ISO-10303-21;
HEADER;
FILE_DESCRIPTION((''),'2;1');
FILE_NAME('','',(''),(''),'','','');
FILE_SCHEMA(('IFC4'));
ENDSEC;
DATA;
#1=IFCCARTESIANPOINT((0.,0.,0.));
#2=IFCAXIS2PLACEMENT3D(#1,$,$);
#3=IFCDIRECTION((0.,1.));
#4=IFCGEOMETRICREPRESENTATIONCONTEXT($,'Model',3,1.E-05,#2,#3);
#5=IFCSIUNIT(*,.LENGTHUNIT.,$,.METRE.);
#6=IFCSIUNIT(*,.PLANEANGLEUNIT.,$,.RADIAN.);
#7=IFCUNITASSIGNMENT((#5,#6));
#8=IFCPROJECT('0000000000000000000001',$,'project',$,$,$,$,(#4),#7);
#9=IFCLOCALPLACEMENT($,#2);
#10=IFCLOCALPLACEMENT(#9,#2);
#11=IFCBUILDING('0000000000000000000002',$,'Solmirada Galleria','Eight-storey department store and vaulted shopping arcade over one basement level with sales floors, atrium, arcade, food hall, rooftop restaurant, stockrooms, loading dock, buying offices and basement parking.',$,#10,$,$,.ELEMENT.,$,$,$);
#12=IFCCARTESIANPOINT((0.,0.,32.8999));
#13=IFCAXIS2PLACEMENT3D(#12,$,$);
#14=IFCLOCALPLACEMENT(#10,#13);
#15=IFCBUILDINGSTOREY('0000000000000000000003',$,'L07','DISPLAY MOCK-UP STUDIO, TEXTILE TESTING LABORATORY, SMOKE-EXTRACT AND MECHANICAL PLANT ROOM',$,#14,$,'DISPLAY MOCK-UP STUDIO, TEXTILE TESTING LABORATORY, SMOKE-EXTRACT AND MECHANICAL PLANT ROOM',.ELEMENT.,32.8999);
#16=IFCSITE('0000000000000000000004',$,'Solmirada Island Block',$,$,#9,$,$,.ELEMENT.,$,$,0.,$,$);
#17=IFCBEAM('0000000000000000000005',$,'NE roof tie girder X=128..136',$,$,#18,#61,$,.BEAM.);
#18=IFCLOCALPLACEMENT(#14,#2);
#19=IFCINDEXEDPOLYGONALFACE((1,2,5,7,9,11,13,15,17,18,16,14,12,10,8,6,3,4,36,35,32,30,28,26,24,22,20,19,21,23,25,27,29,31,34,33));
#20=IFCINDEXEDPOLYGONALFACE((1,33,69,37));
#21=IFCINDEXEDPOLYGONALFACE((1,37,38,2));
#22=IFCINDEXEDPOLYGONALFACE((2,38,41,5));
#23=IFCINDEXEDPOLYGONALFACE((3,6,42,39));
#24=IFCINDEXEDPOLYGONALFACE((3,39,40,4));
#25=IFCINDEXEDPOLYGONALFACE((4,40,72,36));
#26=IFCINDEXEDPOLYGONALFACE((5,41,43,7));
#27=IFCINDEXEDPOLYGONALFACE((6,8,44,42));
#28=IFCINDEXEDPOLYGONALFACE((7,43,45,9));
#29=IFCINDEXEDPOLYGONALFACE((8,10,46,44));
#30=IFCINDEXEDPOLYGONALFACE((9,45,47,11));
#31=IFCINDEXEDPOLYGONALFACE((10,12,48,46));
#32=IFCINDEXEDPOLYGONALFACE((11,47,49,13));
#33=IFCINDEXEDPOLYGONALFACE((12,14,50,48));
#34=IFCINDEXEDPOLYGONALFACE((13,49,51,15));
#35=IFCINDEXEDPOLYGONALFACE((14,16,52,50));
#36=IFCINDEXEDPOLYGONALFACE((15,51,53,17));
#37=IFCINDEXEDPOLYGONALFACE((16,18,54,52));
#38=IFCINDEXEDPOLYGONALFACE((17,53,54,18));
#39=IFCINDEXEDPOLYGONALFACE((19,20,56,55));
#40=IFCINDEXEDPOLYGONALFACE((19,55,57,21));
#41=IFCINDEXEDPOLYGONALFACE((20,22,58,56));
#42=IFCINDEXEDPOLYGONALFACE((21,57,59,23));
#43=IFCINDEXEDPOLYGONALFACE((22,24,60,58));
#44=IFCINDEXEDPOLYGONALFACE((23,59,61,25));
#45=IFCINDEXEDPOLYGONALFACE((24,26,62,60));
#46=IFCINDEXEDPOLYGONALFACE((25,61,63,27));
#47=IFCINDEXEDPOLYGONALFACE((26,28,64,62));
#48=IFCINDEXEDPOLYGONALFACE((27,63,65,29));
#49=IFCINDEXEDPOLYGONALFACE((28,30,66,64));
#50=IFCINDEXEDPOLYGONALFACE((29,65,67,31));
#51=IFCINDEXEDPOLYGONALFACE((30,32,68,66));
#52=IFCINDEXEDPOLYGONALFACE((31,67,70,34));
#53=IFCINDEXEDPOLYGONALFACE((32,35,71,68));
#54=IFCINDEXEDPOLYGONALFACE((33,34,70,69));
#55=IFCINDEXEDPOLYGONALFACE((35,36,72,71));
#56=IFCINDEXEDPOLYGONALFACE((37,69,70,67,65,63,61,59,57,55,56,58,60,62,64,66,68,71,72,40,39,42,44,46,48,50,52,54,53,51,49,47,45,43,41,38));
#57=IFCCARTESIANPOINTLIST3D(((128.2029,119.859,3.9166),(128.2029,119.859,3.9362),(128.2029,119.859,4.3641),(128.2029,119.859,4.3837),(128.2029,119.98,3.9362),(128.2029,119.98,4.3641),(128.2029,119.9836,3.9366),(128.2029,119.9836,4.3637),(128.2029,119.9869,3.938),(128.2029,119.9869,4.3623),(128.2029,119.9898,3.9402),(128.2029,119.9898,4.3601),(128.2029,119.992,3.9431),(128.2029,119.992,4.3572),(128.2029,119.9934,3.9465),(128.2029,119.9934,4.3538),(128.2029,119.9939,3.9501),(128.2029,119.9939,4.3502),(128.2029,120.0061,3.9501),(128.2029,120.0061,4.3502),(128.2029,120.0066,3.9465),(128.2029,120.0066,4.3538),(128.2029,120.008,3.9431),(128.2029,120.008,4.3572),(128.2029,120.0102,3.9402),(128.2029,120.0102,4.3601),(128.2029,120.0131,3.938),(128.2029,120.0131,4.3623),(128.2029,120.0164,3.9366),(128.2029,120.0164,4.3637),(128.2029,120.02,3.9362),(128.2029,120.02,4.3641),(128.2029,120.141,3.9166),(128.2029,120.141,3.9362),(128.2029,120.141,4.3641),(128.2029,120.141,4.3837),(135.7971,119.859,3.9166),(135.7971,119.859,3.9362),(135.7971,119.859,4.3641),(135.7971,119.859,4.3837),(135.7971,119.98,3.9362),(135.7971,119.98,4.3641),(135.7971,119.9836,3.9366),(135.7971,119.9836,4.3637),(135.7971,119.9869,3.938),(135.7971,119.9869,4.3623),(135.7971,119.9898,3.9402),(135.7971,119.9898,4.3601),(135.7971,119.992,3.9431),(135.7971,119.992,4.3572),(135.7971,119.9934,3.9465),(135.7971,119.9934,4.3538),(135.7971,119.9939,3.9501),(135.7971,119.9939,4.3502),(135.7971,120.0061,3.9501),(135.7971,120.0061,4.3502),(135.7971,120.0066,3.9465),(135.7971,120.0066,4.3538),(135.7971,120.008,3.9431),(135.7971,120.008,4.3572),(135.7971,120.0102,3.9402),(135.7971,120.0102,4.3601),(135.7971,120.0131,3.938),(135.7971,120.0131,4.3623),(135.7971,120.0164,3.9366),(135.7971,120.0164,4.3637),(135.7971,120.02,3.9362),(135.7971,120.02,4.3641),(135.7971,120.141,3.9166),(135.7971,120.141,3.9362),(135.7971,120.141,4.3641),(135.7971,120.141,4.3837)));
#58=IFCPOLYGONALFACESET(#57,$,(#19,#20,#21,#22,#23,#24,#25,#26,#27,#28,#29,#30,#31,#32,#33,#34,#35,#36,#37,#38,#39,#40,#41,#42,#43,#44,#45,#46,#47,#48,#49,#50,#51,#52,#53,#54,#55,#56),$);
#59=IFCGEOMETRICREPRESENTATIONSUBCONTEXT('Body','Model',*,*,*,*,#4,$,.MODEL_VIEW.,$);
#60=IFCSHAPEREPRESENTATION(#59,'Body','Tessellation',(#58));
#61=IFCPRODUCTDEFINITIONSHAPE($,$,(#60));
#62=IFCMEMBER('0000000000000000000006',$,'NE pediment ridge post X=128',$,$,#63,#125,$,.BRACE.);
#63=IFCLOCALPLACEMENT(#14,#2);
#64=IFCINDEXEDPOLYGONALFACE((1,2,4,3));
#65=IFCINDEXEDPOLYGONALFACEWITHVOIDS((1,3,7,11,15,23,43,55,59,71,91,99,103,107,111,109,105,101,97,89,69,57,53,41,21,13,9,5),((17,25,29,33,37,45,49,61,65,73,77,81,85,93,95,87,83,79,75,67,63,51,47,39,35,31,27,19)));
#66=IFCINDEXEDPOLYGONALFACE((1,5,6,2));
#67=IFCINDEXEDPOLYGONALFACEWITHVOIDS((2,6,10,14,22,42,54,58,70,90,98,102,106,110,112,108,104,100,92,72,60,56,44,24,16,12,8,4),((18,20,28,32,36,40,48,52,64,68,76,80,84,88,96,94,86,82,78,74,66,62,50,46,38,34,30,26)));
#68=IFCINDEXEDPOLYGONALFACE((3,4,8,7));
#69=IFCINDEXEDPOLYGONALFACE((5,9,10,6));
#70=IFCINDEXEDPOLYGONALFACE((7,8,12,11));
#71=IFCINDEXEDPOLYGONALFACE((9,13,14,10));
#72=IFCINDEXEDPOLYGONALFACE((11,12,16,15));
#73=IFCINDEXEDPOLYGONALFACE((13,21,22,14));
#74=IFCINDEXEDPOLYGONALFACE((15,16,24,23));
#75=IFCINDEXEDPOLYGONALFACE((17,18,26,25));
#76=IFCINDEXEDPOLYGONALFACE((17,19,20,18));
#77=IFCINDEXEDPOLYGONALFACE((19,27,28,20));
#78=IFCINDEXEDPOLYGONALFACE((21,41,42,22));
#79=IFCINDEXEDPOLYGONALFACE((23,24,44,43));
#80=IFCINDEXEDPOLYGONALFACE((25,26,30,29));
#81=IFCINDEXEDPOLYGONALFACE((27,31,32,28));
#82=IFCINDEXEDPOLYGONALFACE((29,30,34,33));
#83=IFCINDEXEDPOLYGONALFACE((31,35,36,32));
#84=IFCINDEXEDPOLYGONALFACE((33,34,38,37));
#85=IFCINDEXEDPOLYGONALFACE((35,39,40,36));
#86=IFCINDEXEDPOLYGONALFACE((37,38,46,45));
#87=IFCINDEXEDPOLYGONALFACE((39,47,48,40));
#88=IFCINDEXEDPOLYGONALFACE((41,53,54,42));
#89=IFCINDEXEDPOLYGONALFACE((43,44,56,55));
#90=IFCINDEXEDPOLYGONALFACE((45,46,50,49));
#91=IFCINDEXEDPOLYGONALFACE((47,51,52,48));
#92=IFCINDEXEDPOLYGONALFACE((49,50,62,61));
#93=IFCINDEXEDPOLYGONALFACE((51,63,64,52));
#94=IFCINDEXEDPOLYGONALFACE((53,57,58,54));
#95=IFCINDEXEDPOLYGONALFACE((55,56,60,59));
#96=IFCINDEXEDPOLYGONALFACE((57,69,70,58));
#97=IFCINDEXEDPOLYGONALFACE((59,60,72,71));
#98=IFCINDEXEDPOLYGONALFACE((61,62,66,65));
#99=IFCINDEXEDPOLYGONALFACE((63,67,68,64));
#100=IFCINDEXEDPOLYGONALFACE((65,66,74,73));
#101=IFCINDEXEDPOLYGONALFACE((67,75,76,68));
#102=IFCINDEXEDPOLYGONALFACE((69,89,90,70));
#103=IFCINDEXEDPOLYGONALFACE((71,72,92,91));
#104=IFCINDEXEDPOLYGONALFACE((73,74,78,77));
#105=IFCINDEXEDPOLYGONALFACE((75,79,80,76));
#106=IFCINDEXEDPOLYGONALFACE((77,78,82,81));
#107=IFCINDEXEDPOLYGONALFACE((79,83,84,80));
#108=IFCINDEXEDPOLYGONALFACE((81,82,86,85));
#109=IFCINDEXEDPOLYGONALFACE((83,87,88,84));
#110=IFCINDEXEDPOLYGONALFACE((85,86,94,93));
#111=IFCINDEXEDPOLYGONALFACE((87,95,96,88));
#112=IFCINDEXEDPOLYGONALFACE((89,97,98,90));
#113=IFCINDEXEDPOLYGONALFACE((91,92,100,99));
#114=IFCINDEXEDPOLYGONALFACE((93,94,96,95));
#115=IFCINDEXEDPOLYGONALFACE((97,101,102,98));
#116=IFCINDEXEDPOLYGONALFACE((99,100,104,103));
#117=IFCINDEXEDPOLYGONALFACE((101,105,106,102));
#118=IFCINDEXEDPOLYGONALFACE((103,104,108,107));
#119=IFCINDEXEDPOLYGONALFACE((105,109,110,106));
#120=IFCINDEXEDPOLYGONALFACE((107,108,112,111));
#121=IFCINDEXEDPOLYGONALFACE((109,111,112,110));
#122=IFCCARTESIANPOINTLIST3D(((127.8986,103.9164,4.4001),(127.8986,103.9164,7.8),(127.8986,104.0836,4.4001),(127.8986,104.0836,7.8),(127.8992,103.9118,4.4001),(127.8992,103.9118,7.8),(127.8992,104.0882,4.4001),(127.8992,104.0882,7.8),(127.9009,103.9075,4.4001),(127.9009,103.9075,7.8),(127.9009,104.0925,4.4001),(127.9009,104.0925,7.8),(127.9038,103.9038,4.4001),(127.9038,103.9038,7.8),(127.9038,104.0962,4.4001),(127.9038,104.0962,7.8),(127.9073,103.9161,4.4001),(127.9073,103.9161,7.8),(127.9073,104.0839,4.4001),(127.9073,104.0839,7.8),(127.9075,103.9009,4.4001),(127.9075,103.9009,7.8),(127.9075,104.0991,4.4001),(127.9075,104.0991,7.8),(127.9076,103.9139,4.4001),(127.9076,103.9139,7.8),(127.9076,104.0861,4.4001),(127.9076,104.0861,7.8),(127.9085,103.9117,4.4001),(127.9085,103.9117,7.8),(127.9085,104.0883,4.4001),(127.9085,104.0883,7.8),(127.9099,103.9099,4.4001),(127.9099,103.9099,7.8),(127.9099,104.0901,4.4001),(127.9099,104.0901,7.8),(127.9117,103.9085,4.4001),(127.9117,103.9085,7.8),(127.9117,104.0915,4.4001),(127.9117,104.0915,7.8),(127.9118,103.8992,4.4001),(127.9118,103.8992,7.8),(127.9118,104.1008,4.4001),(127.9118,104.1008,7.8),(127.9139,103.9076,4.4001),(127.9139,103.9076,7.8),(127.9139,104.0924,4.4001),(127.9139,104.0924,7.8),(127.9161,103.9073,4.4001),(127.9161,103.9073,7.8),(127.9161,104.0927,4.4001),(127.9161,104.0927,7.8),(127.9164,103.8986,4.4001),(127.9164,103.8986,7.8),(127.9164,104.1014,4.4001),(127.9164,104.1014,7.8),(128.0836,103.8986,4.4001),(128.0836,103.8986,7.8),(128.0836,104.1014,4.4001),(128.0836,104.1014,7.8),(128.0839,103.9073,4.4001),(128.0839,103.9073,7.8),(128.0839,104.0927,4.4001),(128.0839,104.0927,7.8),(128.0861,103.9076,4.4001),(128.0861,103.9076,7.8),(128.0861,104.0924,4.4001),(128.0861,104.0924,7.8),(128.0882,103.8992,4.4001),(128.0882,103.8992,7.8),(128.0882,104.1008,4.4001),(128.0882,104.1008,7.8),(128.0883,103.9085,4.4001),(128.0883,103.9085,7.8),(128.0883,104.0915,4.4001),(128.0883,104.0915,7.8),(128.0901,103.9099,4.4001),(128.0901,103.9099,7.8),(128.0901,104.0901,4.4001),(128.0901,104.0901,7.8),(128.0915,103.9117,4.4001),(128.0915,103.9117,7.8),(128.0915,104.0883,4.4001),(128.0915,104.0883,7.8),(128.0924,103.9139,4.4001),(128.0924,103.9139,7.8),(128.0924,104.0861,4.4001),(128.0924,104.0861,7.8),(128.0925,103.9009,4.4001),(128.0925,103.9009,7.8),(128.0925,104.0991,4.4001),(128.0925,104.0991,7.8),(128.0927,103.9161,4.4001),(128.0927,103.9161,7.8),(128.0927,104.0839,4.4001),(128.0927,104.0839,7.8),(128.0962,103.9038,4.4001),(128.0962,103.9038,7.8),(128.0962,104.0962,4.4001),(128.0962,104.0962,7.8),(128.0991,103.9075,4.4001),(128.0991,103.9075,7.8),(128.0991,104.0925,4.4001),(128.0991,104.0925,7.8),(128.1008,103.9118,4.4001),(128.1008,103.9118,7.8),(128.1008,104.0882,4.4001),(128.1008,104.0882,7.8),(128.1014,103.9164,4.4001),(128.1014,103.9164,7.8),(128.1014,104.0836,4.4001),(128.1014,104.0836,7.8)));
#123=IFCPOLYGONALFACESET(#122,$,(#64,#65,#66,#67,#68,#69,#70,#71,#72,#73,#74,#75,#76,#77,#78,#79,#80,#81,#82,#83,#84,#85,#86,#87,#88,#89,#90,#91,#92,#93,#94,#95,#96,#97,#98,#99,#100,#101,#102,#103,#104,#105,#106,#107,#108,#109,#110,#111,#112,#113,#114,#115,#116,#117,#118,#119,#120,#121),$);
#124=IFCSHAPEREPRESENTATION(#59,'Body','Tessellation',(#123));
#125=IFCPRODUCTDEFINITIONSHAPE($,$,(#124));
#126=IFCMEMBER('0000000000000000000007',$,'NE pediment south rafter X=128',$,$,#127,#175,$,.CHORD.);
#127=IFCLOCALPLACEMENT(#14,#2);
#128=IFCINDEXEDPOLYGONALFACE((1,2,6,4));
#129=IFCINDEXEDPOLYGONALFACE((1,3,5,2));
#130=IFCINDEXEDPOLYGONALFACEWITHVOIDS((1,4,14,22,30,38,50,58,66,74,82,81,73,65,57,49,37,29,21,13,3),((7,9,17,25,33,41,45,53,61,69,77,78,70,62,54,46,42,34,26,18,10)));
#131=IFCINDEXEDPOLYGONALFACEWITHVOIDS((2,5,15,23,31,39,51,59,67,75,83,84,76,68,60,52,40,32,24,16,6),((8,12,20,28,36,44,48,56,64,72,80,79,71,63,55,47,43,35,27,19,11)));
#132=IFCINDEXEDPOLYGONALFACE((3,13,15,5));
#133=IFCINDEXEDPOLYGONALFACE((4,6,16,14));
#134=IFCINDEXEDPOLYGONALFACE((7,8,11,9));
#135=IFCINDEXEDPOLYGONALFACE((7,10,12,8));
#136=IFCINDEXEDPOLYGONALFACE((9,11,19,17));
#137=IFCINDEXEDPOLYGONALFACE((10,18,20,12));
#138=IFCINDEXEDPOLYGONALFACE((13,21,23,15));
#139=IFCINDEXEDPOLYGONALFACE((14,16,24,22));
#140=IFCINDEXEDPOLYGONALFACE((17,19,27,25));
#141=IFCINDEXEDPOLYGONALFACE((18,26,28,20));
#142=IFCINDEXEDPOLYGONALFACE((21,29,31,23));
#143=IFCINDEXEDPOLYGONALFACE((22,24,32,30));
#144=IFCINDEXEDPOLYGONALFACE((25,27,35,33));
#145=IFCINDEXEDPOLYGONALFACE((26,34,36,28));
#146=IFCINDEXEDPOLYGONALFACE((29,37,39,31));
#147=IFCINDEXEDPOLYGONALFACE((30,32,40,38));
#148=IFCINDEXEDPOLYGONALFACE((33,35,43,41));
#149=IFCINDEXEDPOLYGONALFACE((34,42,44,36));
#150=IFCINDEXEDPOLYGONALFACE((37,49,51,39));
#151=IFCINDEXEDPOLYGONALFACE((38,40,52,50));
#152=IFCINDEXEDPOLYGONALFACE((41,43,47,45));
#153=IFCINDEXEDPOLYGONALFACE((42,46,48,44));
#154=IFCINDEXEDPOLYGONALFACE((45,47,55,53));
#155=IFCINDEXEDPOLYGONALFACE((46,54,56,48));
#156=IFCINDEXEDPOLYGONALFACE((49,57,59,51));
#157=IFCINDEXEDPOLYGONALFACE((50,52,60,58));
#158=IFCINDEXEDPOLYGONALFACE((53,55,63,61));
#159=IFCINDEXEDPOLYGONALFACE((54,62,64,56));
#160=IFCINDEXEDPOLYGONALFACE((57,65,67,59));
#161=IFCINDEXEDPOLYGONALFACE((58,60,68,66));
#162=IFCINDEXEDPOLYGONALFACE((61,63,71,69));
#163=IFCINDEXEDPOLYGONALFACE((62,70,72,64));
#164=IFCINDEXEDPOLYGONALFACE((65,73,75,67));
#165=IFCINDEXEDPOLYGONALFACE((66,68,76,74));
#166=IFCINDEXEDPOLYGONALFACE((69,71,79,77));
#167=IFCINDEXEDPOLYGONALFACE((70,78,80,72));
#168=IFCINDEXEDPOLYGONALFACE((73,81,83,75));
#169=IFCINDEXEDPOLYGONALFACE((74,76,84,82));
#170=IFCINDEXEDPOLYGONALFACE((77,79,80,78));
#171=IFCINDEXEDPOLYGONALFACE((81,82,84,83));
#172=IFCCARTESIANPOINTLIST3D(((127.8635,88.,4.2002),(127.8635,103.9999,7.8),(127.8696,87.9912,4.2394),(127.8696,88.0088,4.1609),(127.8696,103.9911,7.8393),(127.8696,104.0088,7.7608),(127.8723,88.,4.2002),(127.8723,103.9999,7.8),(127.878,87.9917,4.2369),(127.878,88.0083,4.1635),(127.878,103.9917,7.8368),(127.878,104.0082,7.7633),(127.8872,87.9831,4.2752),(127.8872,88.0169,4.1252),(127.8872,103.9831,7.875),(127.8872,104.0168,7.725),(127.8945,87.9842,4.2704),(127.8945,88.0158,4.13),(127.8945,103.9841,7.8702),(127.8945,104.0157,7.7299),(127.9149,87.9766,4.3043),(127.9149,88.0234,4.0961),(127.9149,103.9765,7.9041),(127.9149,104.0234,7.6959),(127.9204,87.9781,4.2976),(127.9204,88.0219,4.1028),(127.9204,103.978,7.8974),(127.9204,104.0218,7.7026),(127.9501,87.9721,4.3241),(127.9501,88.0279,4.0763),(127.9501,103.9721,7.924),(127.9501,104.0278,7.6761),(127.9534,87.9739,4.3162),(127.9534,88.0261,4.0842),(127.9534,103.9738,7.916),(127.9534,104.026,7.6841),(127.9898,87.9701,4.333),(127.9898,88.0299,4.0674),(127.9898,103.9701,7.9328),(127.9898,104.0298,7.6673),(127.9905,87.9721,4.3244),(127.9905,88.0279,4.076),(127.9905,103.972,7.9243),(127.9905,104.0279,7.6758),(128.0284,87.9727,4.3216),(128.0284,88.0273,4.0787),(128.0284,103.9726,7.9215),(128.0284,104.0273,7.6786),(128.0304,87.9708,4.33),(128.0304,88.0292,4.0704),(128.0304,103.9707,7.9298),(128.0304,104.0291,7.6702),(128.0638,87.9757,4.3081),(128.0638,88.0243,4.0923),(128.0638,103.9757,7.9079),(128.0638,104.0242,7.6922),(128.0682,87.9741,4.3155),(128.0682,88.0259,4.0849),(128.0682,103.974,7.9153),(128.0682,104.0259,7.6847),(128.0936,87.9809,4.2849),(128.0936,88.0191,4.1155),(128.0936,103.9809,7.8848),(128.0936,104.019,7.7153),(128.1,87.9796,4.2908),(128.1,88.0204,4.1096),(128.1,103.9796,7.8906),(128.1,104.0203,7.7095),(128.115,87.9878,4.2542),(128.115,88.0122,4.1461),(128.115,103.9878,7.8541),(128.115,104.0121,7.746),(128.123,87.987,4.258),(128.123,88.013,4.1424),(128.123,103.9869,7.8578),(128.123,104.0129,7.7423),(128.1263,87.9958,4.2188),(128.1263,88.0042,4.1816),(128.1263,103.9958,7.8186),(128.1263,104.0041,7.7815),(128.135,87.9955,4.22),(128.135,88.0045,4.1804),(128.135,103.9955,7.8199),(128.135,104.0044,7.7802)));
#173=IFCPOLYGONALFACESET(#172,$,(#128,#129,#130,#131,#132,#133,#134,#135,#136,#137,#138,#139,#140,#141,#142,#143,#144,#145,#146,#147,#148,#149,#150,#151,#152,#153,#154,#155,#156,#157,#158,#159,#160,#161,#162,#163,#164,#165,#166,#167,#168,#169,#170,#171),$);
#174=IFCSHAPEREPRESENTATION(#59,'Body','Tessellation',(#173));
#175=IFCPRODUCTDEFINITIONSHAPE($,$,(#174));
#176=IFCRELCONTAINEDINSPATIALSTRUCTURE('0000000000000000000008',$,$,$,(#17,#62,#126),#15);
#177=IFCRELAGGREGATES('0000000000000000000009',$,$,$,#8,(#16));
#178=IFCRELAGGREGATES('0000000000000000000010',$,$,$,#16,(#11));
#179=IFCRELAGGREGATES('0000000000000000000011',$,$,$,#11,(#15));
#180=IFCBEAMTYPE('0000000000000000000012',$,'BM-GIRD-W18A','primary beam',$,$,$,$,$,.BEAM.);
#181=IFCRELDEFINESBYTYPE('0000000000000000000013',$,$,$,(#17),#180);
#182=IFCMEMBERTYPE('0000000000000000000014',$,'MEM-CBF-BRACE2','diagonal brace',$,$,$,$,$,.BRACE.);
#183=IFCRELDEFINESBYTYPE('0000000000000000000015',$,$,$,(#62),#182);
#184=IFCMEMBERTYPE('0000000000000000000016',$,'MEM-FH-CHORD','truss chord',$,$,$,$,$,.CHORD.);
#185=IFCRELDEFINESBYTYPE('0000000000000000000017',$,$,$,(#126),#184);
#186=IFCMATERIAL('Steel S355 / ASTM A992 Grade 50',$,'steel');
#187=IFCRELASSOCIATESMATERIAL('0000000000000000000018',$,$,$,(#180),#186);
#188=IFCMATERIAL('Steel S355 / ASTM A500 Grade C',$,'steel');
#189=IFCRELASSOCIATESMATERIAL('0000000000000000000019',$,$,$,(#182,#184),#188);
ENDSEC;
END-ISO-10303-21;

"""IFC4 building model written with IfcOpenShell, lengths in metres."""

from ifc_helpers import new_model, si_unit, direction, frame, origin, origin_2d, place, context, subcontext, project, spatial, hollow_rectangle, hollow_circle, i_section, extrude, material, material_profile, profile_set, type_object, element, save


model = new_model("IFC4")

# Units and contexts
model_context = context("Model", 3, precision=1e-05, world=origin(), true_north=direction((0.0, 1.0)))
body_context = subcontext(model_context, "Body", "Model", "MODEL_VIEW")
ifc_project = project(units=[si_unit("LENGTHUNIT", "METRE"), si_unit("PLANEANGLEUNIT", "RADIAN")], contexts=[model_context])

# Site, building, storey
site_placement = place(None, origin())
site = spatial("IfcSite", under=ifc_project, at=site_placement, Name="Solmirada Island Block", CompositionType="ELEMENT", RefElevation=0.0)
building_placement = place(site_placement, origin())
building = spatial("IfcBuilding", under=site, at=building_placement, Name="Solmirada Galleria", Description="Eight-storey department store and vaulted shopping arcade over one basement level with sales floors, atrium, arcade, food hall, rooftop restaurant, stockrooms, loading dock, buying offices and basement parking.", CompositionType="ELEMENT")
storey_placement = place(building_placement, frame((0.0, 0.0, 32.8999)))
storey = spatial("IfcBuildingStorey", under=building, at=storey_placement, Name="L07", Description="DISPLAY MOCK-UP STUDIO, TEXTILE TESTING LABORATORY, SMOKE-EXTRACT AND MECHANICAL PLANT ROOM", LongName="DISPLAY MOCK-UP STUDIO, TEXTILE TESTING LABORATORY, SMOKE-EXTRACT AND MECHANICAL PLANT ROOM", CompositionType="ELEMENT", Elevation=32.8999)

# Shared definitions
ifc_material_1 = material(Name="Steel S355 / ASTM A500 Grade C", Category="steel")

# Beam
ifc_material_2 = material(Name="Steel S355 / ASTM A992 Grade 50", Category="steel")
ifc_material_profile_1 = material_profile(ifc_material_2, i_section(OverallWidth=0.282, OverallDepth=0.467, WebThickness=0.0122, FlangeThickness=0.0195, FilletRadius=0.0139, at=origin_2d()), Name="W18X86")
ifc_profile_set_1 = profile_set([ifc_material_profile_1], Name="Steel S355 / ASTM A992 Grade 50")
beam_type_1 = type_object("IfcBeamType", Name="BM-GIRD-W18A", Description="primary beam", PredefinedType="BEAM", material=ifc_profile_set_1)
beam_1_placement = place(storey_placement, frame((128.2029, 120.0, 4.1501), z_axis=(1.0, 0.0, 0.0), x_axis=(0.0, 1.0, 0.0)))
element("IfcBeam", 1, at=beam_1_placement, inside=storey, type_object=beam_type_1, Name="NE roof tie girder X=128..136", PredefinedType="BEAM", context=body_context, shape_type="SweptSolid", body=[
    extrude(i_section(OverallWidth=0.282, OverallDepth=0.467, WebThickness=0.0122, FlangeThickness=0.0195, FilletRadius=0.0139, at=origin_2d()), origin(), (0.0, 0.0, 1.0), 7.5942),
])

# Members
ifc_material_profile_2 = material_profile(ifc_material_1, hollow_rectangle(XDim=0.2029, YDim=0.2029, WallThickness=0.0088, InnerFilletRadius=0.0088, OuterFilletRadius=0.0178, at=origin_2d()), Name="HSS8X8X3/8")
ifc_profile_set_2 = profile_set([ifc_material_profile_2], Name="Steel S355 / ASTM A500 Grade C")
member_type_1 = type_object("IfcMemberType", Name="MEM-CBF-BRACE2", Description="diagonal brace", PredefinedType="BRACE", material=ifc_profile_set_2)
member_placement = place(storey_placement, frame((128.0, 104.0, 4.4001), z_axis=(0.0, 0.0, 1.0), x_axis=(1.0, 0.0, 0.0)))
element("IfcMember", 2, at=member_placement, inside=storey, type_object=member_type_1, Name="NE pediment ridge post X=128", PredefinedType="BRACE", context=body_context, shape_type="SweptSolid", body=[
    extrude(hollow_rectangle(XDim=0.2029, YDim=0.2029, WallThickness=0.0088, InnerFilletRadius=0.0088, OuterFilletRadius=0.0178, at=origin_2d()), origin(), (0.0, 0.0, 1.0), 3.3999),
])
ifc_material_profile_3 = material_profile(ifc_material_1, hollow_circle(Radius=0.1365, WallThickness=0.0088, at=origin_2d()), Name="HSS10.750X0.375")
ifc_profile_set_3 = profile_set([ifc_material_profile_3], Name="Steel S355 / ASTM A500 Grade C")
member_type_2 = type_object("IfcMemberType", Name="MEM-FH-CHORD", Description="truss chord", PredefinedType="CHORD", material=ifc_profile_set_3)
for number, where, z_axis, x_axis, name in (
    (3, (128.0, 88.0, 4.2002), (0.0, 0.975612, 0.219504), (-1.0, 0.0, 0.0), "NE pediment south rafter X=128"),
):
    element("IfcMember", number, at=place(storey_placement, frame(where, z_axis=z_axis, x_axis=x_axis)), inside=storey, type_object=member_type_2, Name=name, PredefinedType="CHORD", context=body_context, shape_type="SweptSolid", body=[
        extrude(hollow_circle(Radius=0.1365, WallThickness=0.0088, at=origin_2d()), origin(), (0.0, 0.0, 1.0), 16.3999),
    ])

save(model, "model.ifc")
